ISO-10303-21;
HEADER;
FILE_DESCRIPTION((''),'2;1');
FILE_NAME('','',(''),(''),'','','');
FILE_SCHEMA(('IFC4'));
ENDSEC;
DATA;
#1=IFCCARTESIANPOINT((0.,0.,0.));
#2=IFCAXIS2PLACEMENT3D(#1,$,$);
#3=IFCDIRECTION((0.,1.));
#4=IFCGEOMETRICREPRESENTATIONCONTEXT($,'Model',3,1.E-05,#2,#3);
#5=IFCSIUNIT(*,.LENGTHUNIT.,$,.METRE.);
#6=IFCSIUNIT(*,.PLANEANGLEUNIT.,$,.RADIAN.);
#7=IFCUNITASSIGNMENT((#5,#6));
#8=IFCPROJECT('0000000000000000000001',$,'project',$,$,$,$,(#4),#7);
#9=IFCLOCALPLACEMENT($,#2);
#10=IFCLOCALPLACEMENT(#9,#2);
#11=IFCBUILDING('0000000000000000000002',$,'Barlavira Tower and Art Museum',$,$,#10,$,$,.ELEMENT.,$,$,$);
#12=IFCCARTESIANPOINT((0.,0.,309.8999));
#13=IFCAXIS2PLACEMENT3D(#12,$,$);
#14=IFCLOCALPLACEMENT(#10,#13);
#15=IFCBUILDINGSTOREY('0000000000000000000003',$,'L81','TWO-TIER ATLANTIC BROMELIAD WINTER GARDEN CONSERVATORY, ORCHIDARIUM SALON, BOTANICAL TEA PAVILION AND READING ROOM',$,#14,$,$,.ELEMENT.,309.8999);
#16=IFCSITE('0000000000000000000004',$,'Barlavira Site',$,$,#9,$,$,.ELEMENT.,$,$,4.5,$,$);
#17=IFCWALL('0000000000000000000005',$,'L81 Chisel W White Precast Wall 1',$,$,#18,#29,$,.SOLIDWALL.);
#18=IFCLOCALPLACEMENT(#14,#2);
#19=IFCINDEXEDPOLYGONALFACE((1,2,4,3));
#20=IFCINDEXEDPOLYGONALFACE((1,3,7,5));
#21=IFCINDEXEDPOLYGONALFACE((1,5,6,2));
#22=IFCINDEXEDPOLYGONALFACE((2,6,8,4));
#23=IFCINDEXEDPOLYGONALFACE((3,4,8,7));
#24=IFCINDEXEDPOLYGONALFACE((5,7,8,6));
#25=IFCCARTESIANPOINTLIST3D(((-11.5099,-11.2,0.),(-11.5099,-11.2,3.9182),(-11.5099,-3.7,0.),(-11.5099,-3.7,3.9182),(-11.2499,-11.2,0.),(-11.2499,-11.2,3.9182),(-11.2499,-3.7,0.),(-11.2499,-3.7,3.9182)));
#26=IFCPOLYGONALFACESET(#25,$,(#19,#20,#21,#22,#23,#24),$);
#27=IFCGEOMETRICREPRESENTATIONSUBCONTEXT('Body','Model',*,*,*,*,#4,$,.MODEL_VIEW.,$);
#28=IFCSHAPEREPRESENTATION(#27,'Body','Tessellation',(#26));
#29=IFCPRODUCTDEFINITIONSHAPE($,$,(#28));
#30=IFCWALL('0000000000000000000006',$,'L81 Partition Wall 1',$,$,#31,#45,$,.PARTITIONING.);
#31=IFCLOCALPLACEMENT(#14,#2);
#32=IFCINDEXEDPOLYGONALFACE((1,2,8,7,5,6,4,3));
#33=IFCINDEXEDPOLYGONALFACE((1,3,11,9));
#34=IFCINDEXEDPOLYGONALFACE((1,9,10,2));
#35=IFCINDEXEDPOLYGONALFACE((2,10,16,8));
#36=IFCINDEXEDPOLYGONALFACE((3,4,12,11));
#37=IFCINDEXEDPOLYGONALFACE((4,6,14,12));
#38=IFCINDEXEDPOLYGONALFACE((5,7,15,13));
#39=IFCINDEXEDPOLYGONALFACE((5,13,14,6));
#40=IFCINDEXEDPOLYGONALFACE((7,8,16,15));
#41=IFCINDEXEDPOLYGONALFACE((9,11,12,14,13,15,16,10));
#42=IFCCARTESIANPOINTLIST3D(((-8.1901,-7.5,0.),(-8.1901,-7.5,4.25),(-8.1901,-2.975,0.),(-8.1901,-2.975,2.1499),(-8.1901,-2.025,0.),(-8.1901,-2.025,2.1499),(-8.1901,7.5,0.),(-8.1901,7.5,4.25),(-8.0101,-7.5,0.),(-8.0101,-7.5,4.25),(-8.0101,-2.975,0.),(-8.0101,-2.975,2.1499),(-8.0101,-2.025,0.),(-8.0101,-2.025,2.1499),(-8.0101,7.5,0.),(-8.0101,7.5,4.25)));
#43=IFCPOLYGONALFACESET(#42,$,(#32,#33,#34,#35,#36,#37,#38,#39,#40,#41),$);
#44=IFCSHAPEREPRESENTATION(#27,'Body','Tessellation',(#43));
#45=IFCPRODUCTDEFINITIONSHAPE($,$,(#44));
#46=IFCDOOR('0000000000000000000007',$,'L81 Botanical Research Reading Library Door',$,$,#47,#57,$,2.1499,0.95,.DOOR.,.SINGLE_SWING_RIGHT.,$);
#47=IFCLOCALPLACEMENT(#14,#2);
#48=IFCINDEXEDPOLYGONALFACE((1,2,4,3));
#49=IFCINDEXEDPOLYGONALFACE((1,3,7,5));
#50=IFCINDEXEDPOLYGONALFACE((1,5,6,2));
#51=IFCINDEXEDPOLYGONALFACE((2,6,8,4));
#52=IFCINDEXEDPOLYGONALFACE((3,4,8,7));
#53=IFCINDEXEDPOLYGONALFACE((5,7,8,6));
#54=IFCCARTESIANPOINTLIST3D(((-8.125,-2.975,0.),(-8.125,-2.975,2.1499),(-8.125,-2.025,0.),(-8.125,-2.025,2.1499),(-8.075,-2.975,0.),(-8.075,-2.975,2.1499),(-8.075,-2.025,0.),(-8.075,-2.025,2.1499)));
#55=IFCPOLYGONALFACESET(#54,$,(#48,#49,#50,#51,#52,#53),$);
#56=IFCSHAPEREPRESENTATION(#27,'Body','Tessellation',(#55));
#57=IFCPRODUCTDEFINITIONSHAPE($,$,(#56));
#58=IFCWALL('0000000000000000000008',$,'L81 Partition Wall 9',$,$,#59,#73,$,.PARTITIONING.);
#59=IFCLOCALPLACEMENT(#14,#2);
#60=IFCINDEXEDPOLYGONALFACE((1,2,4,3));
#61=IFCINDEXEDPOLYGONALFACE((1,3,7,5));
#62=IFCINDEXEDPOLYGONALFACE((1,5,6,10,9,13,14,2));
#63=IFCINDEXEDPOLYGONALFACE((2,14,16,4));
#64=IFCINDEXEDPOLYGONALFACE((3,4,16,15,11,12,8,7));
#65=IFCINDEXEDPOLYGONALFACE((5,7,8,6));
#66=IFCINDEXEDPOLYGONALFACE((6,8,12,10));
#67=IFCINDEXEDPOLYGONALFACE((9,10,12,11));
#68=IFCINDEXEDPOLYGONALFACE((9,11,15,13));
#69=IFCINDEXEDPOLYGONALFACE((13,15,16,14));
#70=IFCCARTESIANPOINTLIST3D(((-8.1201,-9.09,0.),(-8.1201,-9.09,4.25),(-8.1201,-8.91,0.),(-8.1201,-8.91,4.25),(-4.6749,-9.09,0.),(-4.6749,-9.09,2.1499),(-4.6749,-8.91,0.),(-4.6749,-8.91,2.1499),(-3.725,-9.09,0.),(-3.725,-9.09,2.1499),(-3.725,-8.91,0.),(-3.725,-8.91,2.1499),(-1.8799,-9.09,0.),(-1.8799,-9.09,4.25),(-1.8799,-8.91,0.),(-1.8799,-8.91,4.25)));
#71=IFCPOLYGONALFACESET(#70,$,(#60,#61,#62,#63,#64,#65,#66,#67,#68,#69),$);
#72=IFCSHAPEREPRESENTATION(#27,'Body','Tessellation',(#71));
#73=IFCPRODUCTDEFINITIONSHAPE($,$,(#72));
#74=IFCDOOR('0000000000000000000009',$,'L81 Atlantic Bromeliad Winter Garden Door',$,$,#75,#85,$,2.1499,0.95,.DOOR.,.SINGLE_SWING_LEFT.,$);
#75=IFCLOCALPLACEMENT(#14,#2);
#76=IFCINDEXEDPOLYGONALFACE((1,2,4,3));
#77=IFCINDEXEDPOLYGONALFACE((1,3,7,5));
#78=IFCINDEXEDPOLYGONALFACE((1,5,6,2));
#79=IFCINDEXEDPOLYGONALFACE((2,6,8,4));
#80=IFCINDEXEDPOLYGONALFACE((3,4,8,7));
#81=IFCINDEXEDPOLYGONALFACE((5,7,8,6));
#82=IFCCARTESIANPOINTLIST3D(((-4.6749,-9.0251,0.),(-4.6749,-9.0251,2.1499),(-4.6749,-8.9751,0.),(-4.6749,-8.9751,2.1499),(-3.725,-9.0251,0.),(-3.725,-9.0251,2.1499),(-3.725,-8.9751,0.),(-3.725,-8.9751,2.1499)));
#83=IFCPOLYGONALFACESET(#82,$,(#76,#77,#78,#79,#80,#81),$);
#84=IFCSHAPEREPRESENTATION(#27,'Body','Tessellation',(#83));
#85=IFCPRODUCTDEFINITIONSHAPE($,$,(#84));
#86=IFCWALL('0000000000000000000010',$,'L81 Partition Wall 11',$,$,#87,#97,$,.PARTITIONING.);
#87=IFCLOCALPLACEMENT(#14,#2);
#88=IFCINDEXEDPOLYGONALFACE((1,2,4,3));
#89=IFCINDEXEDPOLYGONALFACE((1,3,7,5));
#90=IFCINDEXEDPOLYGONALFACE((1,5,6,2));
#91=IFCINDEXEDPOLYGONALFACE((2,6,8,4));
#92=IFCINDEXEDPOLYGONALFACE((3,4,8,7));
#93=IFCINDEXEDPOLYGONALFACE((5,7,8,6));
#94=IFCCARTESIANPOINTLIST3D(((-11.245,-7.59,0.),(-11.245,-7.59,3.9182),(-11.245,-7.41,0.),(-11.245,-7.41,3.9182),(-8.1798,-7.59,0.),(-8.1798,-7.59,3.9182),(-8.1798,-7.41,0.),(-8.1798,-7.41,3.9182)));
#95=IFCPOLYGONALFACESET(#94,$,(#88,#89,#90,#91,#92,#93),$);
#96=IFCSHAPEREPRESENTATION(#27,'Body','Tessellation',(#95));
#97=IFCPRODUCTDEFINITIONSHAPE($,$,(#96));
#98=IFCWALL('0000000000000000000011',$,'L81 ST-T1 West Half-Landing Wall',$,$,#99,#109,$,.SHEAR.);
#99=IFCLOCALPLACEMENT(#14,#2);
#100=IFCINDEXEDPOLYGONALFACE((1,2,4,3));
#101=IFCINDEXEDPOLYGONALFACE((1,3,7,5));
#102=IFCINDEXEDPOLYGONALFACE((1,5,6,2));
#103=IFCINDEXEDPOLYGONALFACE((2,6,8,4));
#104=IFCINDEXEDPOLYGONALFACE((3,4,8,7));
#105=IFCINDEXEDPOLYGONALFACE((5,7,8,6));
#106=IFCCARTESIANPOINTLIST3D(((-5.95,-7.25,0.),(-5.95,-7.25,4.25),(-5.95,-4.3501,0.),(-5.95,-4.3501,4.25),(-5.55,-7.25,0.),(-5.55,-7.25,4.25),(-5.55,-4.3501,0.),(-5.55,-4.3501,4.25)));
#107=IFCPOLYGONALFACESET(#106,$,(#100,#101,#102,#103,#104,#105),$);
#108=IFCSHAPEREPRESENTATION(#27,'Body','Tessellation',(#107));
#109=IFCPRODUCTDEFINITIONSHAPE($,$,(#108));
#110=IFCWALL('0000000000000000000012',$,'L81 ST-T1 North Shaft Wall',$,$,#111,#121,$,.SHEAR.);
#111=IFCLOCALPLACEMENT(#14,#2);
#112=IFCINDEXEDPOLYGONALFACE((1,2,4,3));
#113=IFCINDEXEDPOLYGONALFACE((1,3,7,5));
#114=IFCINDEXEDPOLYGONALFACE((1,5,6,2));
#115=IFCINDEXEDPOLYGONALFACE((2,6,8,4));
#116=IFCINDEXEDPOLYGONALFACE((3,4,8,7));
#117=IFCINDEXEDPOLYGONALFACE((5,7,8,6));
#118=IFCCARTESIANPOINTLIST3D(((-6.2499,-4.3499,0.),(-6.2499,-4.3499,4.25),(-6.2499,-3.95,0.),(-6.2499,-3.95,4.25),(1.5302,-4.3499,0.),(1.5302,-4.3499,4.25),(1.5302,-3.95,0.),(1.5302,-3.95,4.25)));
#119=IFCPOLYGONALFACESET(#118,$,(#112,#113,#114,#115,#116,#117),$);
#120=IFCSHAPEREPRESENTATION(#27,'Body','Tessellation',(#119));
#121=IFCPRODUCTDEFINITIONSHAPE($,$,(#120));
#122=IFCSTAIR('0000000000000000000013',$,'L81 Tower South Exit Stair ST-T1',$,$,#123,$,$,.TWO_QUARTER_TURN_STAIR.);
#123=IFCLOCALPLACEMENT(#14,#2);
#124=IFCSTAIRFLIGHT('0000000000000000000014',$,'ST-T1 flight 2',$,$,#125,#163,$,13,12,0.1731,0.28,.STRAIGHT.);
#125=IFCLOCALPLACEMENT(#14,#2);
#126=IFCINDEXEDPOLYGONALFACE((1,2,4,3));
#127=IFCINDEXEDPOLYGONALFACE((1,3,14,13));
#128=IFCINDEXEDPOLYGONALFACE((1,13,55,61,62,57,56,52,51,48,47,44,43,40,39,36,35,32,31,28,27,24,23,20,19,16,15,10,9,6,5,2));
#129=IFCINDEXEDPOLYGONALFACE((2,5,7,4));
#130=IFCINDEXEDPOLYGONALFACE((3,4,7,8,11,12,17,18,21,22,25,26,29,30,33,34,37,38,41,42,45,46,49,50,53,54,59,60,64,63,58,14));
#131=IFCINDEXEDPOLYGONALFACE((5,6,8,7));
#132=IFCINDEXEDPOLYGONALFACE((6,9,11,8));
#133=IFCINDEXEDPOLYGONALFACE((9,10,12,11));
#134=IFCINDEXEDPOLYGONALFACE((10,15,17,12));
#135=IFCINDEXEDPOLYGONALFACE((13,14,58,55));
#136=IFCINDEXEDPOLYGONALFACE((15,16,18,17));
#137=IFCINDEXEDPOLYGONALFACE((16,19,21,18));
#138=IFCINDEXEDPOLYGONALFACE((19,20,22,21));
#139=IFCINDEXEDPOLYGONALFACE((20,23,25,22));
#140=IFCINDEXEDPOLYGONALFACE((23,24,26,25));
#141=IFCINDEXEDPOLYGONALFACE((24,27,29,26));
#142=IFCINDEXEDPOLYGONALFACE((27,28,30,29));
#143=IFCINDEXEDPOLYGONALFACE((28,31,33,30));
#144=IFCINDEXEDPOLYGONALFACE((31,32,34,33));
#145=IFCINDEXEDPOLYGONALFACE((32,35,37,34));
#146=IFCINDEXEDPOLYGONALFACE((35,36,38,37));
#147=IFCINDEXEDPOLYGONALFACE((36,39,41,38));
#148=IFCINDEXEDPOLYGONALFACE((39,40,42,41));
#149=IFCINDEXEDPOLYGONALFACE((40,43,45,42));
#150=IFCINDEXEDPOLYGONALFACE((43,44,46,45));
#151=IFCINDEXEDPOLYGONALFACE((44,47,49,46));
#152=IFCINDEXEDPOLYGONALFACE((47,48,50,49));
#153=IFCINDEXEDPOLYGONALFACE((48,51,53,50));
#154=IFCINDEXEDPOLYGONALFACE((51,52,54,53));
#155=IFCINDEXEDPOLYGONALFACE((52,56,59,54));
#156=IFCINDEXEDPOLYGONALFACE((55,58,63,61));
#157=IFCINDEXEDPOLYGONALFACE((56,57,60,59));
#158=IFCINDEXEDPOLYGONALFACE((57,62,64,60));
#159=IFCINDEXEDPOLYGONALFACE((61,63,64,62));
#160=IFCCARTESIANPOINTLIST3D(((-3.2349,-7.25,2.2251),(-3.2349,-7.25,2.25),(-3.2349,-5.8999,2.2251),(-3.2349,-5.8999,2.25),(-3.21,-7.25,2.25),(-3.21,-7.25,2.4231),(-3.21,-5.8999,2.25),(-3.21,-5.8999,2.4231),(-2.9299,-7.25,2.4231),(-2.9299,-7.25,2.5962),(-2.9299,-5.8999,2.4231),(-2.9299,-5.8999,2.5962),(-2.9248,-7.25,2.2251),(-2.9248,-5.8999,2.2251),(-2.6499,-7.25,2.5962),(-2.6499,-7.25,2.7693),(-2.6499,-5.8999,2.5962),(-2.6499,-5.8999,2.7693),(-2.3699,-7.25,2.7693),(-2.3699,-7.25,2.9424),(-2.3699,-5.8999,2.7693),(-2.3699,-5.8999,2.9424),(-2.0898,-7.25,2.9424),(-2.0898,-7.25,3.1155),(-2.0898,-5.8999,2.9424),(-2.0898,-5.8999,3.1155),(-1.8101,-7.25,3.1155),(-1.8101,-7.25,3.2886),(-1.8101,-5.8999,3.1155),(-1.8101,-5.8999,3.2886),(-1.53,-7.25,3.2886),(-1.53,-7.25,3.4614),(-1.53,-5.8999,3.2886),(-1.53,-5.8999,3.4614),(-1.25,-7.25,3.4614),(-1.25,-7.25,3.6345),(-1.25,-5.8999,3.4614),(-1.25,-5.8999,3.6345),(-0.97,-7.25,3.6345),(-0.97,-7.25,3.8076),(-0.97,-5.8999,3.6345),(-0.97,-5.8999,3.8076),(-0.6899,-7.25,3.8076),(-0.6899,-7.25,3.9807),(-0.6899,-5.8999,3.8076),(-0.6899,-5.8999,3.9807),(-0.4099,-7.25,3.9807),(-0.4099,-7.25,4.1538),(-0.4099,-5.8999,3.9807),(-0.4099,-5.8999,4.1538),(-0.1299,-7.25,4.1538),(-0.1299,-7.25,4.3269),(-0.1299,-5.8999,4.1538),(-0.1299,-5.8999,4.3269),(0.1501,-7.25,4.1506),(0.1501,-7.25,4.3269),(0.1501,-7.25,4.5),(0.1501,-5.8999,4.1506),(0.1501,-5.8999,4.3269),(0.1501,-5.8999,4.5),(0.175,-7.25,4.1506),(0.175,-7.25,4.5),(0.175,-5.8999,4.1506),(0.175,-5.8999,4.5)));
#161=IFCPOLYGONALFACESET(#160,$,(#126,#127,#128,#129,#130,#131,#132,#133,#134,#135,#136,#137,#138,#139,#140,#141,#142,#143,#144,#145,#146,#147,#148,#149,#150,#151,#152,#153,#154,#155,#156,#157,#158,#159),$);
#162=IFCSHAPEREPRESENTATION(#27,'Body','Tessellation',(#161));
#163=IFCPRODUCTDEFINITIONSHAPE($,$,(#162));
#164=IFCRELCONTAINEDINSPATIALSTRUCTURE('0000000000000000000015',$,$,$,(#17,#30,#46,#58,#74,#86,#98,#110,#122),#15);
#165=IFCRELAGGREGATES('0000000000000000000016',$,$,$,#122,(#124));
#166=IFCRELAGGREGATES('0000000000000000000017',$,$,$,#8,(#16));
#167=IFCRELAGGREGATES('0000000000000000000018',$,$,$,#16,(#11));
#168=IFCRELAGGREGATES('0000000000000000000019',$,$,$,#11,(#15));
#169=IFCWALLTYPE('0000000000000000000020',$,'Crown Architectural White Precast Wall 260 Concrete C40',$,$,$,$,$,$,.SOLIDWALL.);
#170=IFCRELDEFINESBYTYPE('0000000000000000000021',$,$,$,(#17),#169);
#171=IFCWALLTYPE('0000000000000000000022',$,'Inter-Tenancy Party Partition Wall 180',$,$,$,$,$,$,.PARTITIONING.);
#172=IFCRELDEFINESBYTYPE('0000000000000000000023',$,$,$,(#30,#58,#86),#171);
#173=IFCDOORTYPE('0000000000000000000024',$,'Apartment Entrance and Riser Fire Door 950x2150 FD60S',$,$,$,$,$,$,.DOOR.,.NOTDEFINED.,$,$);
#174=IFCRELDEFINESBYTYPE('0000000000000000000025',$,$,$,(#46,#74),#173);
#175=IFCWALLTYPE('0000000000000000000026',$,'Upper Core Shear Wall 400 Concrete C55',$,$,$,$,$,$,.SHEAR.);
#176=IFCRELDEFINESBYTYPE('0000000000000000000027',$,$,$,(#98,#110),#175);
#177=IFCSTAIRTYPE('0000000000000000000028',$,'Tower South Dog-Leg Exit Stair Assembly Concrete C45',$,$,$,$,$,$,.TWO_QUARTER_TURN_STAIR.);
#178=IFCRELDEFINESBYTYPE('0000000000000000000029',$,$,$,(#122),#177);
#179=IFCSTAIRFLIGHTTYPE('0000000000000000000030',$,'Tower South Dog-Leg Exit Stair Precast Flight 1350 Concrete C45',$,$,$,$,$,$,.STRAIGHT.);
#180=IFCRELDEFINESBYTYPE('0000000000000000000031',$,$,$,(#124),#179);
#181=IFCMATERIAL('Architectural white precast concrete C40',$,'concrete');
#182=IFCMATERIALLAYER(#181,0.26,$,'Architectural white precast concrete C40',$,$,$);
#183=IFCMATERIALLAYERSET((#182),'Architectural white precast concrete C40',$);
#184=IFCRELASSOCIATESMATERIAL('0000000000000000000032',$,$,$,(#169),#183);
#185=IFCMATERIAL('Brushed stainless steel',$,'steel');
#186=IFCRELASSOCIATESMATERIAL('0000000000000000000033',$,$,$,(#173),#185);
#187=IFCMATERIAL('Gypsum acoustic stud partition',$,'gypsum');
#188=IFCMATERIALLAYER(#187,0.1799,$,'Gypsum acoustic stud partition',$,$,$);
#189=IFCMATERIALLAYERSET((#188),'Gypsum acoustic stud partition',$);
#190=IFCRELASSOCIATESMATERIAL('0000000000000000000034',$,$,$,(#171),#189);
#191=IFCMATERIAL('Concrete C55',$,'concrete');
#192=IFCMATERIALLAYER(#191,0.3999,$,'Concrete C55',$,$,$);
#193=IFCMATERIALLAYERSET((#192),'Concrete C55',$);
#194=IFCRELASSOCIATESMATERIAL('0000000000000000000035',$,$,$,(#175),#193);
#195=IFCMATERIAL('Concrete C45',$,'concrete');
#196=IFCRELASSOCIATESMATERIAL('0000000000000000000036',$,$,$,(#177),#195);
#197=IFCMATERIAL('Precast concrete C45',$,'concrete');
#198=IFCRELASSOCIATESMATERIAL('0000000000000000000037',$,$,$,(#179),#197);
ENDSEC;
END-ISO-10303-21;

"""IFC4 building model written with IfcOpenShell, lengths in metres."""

from ifc_helpers import new_model, si_unit, direction, frame, frame_2d, origin, place, context, subcontext, project, spatial, polyline, rectangle, outline, extrude, material, layer, layer_set, type_object, element, fill, aggregate, save


model = new_model("IFC4")

# Units and contexts
model_context = context("Model", 3, precision=1e-05, world=origin(), true_north=direction((0.0, 1.0)))
body_context = subcontext(model_context, "Body", "Model", "MODEL_VIEW")
ifc_project = project(units=[si_unit("LENGTHUNIT", "METRE"), si_unit("PLANEANGLEUNIT", "RADIAN")], contexts=[model_context])

# Site, building, storey
site_placement = place(None, origin())
site = spatial("IfcSite", under=ifc_project, at=site_placement, Name="Barlavira Site", CompositionType="ELEMENT", RefElevation=4.5)
building_placement = place(site_placement, origin())
building = spatial("IfcBuilding", under=site, at=building_placement, Name="Barlavira Tower and Art Museum", CompositionType="ELEMENT")
storey_placement = place(building_placement, frame((0.0, 0.0, 309.8999)))
storey = spatial("IfcBuildingStorey", under=building, at=storey_placement, Name="L81", Description="TWO-TIER ATLANTIC BROMELIAD WINTER GARDEN CONSERVATORY, ORCHIDARIUM SALON, BOTANICAL TEA PAVILION AND READING ROOM", CompositionType="ELEMENT", Elevation=309.8999)

# Wall
ifc_material_1 = material(Name="Architectural white precast concrete C40", Category="concrete")
ifc_layer_1 = layer(ifc_material_1, 0.26, Name="Architectural white precast concrete C40")
ifc_layer_set_1 = layer_set([ifc_layer_1], Name="Architectural white precast concrete C40")
wall_type_1 = type_object("IfcWallType", Name="Crown Architectural White Precast Wall 260 Concrete C40", PredefinedType="SOLIDWALL", material=ifc_layer_set_1)
wall_1_placement = place(storey_placement, frame((-11.3799, -3.7, 0.0), z_axis=(0.0, 0.0, 1.0), x_axis=(0.0, -1.0, 0.0)))
element("IfcWall", 1, at=wall_1_placement, inside=storey, type_object=wall_type_1, Name="L81 Chisel W White Precast Wall 1", PredefinedType="SOLIDWALL", context=body_context, shape_type="SweptSolid", body=[
    extrude(rectangle(XDim=7.5, YDim=0.26, at=frame_2d((3.75, 0.0))), origin(), (0.0, 0.0, 1.0), 3.9182),
])

# Shared definitions
ifc_material_2 = material(Name="Brushed stainless steel", Category="steel")
door_type = type_object("IfcDoorType", Name="Apartment Entrance and Riser Fire Door 950x2150 FD60S", OperationType="NOTDEFINED", PredefinedType="DOOR", material=ifc_material_2)

# Walls, openings, doors
ifc_material_3 = material(Name="Gypsum acoustic stud partition", Category="gypsum")
ifc_layer_2 = layer(ifc_material_3, 0.1799, Name="Gypsum acoustic stud partition")
ifc_layer_set_2 = layer_set([ifc_layer_2], Name="Gypsum acoustic stud partition")
wall_type_2 = type_object("IfcWallType", Name="Inter-Tenancy Party Partition Wall 180", PredefinedType="PARTITIONING", material=ifc_layer_set_2)
wall_2_placement = place(storey_placement, frame((-8.1001, -7.5, 0.0), z_axis=(0.0, 0.0, 1.0), x_axis=(0.0, 1.0, 0.0)))
wall_2 = element("IfcWall", 2, at=wall_2_placement, inside=storey, type_object=wall_type_2, Name="L81 Partition Wall 1", PredefinedType="PARTITIONING", context=body_context, shape_type="SweptSolid", body=[
    extrude(rectangle(XDim=15.0, YDim=0.1799, at=frame_2d((7.5, 0.0))), origin(), (0.0, 0.0, 1.0), 4.25),
])
opening_1_placement = place(wall_2_placement, frame((4.5249, 0.0, 0.0)))
opening_1 = element("IfcOpeningElement", 3, at=opening_1_placement, cuts=wall_2, PredefinedType="OPENING", context=body_context, shape_type="SweptSolid", body=[
    extrude(rectangle(XDim=0.95, YDim=2.1499, at=frame_2d((0.4751, 1.075))), frame((0.0, 0.1001, 0.0), z_axis=(0.0, -1.0, 0.0), x_axis=(1.0, 0.0, 0.0)), (0.0, 0.0, 1.0), 0.2),
])
door_1_placement = place(opening_1_placement, origin())
door_1 = element("IfcDoor", 4, at=door_1_placement, inside=storey, type_object=door_type, Name="L81 Botanical Research Reading Library Door", OperationType="SINGLE_SWING_RIGHT", OverallHeight=2.1499, OverallWidth=0.95, PredefinedType="DOOR", context=body_context, shape_type="SweptSolid", body=[
    extrude(rectangle(XDim=0.95, YDim=2.1499, at=frame_2d((0.4751, 1.075))), frame((0.0, 0.0249, 0.0), z_axis=(0.0, -1.0, 0.0), x_axis=(1.0, 0.0, 0.0)), (0.0, 0.0, 1.0), 0.05),
])
fill(opening_1, door_1)
wall_3_placement = place(storey_placement, frame((-8.1201, -9.0, 0.0), z_axis=(0.0, 0.0, 1.0), x_axis=(1.0, 0.0, 0.0)))
wall_3 = element("IfcWall", 5, at=wall_3_placement, inside=storey, type_object=wall_type_2, Name="L81 Partition Wall 9", PredefinedType="PARTITIONING", context=body_context, shape_type="SweptSolid", body=[
    extrude(rectangle(XDim=6.2402, YDim=0.1799, at=frame_2d((3.1201, 0.0))), origin(), (0.0, 0.0, 1.0), 4.25),
])
opening_2_placement = place(wall_3_placement, frame((3.4451, 0.0, 0.0)))
opening_2 = element("IfcOpeningElement", 6, at=opening_2_placement, cuts=wall_3, PredefinedType="OPENING", context=body_context, shape_type="SweptSolid", body=[
    extrude(rectangle(XDim=0.95, YDim=2.1499, at=frame_2d((0.4751, 1.075))), frame((0.0, 0.1001, 0.0), z_axis=(0.0, -1.0, 0.0), x_axis=(1.0, 0.0, 0.0)), (0.0, 0.0, 1.0), 0.2),
])
door_2_placement = place(opening_2_placement, origin())
door_2 = element("IfcDoor", 7, at=door_2_placement, inside=storey, type_object=door_type, Name="L81 Atlantic Bromeliad Winter Garden Door", OperationType="SINGLE_SWING_LEFT", OverallHeight=2.1499, OverallWidth=0.95, PredefinedType="DOOR", context=body_context, shape_type="SweptSolid", body=[
    extrude(rectangle(XDim=0.95, YDim=2.1499, at=frame_2d((0.4751, 1.075))), frame((0.0, 0.0249, 0.0), z_axis=(0.0, -1.0, 0.0), x_axis=(1.0, 0.0, 0.0)), (0.0, 0.0, 1.0), 0.05),
])
fill(opening_2, door_2)

# Walls
wall_4_placement = place(storey_placement, frame((-11.2451, -7.5, 0.0), z_axis=(0.0, 0.0, 1.0), x_axis=(1.0, 0.0, 0.0)))
element("IfcWall", 8, at=wall_4_placement, inside=storey, type_object=wall_type_2, Name="L81 Partition Wall 11", PredefinedType="PARTITIONING", context=body_context, shape_type="SweptSolid", body=[
    extrude(rectangle(XDim=3.0652, YDim=0.1799, at=frame_2d((1.5327, 0.0))), origin(), (0.0, 0.0, 1.0), 3.9182),
])
ifc_material_4 = material(Name="Concrete C55", Category="concrete")
ifc_layer_3 = layer(ifc_material_4, 0.3999, Name="Concrete C55")
ifc_layer_set_3 = layer_set([ifc_layer_3], Name="Concrete C55")
wall_type_3 = type_object("IfcWallType", Name="Upper Core Shear Wall 400 Concrete C55", PredefinedType="SHEAR", material=ifc_layer_set_3)
wall_5_placement = place(storey_placement, frame((-5.75, -7.25, 0.0), z_axis=(0.0, 0.0, 1.0), x_axis=(0.0, 1.0, 0.0)))
element("IfcWall", 9, at=wall_5_placement, inside=storey, type_object=wall_type_3, Name="L81 ST-T1 West Half-Landing Wall", PredefinedType="SHEAR", context=body_context, shape_type="SweptSolid", body=[
    extrude(rectangle(XDim=2.8999, YDim=0.3999, at=frame_2d((1.45, 0.0))), origin(), (0.0, 0.0, 1.0), 4.25),
])
wall_6_placement = place(storey_placement, frame((-6.25, -4.1499, 0.0), z_axis=(0.0, 0.0, 1.0), x_axis=(1.0, 0.0, 0.0)))
element("IfcWall", 10, at=wall_6_placement, inside=storey, type_object=wall_type_3, Name="L81 ST-T1 North Shaft Wall", PredefinedType="SHEAR", context=body_context, shape_type="SweptSolid", body=[
    extrude(rectangle(XDim=7.78, YDim=0.3999, at=frame_2d((3.8901, 0.0))), origin(), (0.0, 0.0, 1.0), 4.25),
])

# Stair, stair flight
ifc_material_5 = material(Name="Concrete C45", Category="concrete")
stair_type = type_object("IfcStairType", Name="Tower South Dog-Leg Exit Stair Assembly Concrete C45", PredefinedType="TWO_QUARTER_TURN_STAIR", material=ifc_material_5)
stair_placement = place(storey_placement, origin())
stair = element("IfcStair", 11, at=stair_placement, inside=storey, type_object=stair_type, Name="L81 Tower South Exit Stair ST-T1", PredefinedType="TWO_QUARTER_TURN_STAIR")
ifc_material_6 = material(Name="Precast concrete C45", Category="concrete")
stair_flight_type = type_object("IfcStairFlightType", Name="Tower South Dog-Leg Exit Stair Precast Flight 1350 Concrete C45", PredefinedType="STRAIGHT", material=ifc_material_6)
stair_flight_placement = place(storey_placement, frame((-3.21, -6.575, 2.25), z_axis=(0.0, 0.0, 1.0), x_axis=(1.0, 0.0, 0.0)))
stair_flight = element("IfcStairFlight", 12, at=stair_flight_placement, type_object=stair_flight_type, Name="ST-T1 flight 2", NumberOfRisers=13, NumberOfTreads=12, PredefinedType="STRAIGHT", RiserHeight=0.1731, TreadLength=0.28, context=body_context, shape_type="SweptSolid", body=[
    extrude(outline(polyline([(-0.0249, 0.0), (0.0, 0.0), (0.0, 0.1731), (0.28, 0.1731), (0.28, 0.3462), (0.5601, 0.3462), (0.5601, 0.5193), (0.8401, 0.5193), (0.8401, 0.6924), (1.1201, 0.6924), (1.1201, 0.8655), (1.3999, 0.8655), (1.3999, 1.0386), (1.6799, 1.0386), (1.6799, 1.2114), (1.96, 1.2114), (1.96, 1.3845), (2.24, 1.3845), (2.24, 1.5576), (2.52, 1.5576), (2.52, 1.7307), (2.8, 1.7307), (2.8, 1.9038), (3.0801, 1.9038), (3.0801, 2.0769), (3.3601, 2.0769), (3.3601, 2.25), (3.385, 2.25), (3.385, 1.9006), (3.3601, 1.9006), (0.2852, -0.0249), (-0.0249, -0.0249), (-0.0249, 0.0)])), frame((0.0, 0.675, 0.0), z_axis=(0.0, -1.0, 0.0), x_axis=(1.0, 0.0, 0.0)), (0.0, 0.0, 1.0), 1.3501),
])
aggregate(stair, [stair_flight])

save(model, "model.ifc")
